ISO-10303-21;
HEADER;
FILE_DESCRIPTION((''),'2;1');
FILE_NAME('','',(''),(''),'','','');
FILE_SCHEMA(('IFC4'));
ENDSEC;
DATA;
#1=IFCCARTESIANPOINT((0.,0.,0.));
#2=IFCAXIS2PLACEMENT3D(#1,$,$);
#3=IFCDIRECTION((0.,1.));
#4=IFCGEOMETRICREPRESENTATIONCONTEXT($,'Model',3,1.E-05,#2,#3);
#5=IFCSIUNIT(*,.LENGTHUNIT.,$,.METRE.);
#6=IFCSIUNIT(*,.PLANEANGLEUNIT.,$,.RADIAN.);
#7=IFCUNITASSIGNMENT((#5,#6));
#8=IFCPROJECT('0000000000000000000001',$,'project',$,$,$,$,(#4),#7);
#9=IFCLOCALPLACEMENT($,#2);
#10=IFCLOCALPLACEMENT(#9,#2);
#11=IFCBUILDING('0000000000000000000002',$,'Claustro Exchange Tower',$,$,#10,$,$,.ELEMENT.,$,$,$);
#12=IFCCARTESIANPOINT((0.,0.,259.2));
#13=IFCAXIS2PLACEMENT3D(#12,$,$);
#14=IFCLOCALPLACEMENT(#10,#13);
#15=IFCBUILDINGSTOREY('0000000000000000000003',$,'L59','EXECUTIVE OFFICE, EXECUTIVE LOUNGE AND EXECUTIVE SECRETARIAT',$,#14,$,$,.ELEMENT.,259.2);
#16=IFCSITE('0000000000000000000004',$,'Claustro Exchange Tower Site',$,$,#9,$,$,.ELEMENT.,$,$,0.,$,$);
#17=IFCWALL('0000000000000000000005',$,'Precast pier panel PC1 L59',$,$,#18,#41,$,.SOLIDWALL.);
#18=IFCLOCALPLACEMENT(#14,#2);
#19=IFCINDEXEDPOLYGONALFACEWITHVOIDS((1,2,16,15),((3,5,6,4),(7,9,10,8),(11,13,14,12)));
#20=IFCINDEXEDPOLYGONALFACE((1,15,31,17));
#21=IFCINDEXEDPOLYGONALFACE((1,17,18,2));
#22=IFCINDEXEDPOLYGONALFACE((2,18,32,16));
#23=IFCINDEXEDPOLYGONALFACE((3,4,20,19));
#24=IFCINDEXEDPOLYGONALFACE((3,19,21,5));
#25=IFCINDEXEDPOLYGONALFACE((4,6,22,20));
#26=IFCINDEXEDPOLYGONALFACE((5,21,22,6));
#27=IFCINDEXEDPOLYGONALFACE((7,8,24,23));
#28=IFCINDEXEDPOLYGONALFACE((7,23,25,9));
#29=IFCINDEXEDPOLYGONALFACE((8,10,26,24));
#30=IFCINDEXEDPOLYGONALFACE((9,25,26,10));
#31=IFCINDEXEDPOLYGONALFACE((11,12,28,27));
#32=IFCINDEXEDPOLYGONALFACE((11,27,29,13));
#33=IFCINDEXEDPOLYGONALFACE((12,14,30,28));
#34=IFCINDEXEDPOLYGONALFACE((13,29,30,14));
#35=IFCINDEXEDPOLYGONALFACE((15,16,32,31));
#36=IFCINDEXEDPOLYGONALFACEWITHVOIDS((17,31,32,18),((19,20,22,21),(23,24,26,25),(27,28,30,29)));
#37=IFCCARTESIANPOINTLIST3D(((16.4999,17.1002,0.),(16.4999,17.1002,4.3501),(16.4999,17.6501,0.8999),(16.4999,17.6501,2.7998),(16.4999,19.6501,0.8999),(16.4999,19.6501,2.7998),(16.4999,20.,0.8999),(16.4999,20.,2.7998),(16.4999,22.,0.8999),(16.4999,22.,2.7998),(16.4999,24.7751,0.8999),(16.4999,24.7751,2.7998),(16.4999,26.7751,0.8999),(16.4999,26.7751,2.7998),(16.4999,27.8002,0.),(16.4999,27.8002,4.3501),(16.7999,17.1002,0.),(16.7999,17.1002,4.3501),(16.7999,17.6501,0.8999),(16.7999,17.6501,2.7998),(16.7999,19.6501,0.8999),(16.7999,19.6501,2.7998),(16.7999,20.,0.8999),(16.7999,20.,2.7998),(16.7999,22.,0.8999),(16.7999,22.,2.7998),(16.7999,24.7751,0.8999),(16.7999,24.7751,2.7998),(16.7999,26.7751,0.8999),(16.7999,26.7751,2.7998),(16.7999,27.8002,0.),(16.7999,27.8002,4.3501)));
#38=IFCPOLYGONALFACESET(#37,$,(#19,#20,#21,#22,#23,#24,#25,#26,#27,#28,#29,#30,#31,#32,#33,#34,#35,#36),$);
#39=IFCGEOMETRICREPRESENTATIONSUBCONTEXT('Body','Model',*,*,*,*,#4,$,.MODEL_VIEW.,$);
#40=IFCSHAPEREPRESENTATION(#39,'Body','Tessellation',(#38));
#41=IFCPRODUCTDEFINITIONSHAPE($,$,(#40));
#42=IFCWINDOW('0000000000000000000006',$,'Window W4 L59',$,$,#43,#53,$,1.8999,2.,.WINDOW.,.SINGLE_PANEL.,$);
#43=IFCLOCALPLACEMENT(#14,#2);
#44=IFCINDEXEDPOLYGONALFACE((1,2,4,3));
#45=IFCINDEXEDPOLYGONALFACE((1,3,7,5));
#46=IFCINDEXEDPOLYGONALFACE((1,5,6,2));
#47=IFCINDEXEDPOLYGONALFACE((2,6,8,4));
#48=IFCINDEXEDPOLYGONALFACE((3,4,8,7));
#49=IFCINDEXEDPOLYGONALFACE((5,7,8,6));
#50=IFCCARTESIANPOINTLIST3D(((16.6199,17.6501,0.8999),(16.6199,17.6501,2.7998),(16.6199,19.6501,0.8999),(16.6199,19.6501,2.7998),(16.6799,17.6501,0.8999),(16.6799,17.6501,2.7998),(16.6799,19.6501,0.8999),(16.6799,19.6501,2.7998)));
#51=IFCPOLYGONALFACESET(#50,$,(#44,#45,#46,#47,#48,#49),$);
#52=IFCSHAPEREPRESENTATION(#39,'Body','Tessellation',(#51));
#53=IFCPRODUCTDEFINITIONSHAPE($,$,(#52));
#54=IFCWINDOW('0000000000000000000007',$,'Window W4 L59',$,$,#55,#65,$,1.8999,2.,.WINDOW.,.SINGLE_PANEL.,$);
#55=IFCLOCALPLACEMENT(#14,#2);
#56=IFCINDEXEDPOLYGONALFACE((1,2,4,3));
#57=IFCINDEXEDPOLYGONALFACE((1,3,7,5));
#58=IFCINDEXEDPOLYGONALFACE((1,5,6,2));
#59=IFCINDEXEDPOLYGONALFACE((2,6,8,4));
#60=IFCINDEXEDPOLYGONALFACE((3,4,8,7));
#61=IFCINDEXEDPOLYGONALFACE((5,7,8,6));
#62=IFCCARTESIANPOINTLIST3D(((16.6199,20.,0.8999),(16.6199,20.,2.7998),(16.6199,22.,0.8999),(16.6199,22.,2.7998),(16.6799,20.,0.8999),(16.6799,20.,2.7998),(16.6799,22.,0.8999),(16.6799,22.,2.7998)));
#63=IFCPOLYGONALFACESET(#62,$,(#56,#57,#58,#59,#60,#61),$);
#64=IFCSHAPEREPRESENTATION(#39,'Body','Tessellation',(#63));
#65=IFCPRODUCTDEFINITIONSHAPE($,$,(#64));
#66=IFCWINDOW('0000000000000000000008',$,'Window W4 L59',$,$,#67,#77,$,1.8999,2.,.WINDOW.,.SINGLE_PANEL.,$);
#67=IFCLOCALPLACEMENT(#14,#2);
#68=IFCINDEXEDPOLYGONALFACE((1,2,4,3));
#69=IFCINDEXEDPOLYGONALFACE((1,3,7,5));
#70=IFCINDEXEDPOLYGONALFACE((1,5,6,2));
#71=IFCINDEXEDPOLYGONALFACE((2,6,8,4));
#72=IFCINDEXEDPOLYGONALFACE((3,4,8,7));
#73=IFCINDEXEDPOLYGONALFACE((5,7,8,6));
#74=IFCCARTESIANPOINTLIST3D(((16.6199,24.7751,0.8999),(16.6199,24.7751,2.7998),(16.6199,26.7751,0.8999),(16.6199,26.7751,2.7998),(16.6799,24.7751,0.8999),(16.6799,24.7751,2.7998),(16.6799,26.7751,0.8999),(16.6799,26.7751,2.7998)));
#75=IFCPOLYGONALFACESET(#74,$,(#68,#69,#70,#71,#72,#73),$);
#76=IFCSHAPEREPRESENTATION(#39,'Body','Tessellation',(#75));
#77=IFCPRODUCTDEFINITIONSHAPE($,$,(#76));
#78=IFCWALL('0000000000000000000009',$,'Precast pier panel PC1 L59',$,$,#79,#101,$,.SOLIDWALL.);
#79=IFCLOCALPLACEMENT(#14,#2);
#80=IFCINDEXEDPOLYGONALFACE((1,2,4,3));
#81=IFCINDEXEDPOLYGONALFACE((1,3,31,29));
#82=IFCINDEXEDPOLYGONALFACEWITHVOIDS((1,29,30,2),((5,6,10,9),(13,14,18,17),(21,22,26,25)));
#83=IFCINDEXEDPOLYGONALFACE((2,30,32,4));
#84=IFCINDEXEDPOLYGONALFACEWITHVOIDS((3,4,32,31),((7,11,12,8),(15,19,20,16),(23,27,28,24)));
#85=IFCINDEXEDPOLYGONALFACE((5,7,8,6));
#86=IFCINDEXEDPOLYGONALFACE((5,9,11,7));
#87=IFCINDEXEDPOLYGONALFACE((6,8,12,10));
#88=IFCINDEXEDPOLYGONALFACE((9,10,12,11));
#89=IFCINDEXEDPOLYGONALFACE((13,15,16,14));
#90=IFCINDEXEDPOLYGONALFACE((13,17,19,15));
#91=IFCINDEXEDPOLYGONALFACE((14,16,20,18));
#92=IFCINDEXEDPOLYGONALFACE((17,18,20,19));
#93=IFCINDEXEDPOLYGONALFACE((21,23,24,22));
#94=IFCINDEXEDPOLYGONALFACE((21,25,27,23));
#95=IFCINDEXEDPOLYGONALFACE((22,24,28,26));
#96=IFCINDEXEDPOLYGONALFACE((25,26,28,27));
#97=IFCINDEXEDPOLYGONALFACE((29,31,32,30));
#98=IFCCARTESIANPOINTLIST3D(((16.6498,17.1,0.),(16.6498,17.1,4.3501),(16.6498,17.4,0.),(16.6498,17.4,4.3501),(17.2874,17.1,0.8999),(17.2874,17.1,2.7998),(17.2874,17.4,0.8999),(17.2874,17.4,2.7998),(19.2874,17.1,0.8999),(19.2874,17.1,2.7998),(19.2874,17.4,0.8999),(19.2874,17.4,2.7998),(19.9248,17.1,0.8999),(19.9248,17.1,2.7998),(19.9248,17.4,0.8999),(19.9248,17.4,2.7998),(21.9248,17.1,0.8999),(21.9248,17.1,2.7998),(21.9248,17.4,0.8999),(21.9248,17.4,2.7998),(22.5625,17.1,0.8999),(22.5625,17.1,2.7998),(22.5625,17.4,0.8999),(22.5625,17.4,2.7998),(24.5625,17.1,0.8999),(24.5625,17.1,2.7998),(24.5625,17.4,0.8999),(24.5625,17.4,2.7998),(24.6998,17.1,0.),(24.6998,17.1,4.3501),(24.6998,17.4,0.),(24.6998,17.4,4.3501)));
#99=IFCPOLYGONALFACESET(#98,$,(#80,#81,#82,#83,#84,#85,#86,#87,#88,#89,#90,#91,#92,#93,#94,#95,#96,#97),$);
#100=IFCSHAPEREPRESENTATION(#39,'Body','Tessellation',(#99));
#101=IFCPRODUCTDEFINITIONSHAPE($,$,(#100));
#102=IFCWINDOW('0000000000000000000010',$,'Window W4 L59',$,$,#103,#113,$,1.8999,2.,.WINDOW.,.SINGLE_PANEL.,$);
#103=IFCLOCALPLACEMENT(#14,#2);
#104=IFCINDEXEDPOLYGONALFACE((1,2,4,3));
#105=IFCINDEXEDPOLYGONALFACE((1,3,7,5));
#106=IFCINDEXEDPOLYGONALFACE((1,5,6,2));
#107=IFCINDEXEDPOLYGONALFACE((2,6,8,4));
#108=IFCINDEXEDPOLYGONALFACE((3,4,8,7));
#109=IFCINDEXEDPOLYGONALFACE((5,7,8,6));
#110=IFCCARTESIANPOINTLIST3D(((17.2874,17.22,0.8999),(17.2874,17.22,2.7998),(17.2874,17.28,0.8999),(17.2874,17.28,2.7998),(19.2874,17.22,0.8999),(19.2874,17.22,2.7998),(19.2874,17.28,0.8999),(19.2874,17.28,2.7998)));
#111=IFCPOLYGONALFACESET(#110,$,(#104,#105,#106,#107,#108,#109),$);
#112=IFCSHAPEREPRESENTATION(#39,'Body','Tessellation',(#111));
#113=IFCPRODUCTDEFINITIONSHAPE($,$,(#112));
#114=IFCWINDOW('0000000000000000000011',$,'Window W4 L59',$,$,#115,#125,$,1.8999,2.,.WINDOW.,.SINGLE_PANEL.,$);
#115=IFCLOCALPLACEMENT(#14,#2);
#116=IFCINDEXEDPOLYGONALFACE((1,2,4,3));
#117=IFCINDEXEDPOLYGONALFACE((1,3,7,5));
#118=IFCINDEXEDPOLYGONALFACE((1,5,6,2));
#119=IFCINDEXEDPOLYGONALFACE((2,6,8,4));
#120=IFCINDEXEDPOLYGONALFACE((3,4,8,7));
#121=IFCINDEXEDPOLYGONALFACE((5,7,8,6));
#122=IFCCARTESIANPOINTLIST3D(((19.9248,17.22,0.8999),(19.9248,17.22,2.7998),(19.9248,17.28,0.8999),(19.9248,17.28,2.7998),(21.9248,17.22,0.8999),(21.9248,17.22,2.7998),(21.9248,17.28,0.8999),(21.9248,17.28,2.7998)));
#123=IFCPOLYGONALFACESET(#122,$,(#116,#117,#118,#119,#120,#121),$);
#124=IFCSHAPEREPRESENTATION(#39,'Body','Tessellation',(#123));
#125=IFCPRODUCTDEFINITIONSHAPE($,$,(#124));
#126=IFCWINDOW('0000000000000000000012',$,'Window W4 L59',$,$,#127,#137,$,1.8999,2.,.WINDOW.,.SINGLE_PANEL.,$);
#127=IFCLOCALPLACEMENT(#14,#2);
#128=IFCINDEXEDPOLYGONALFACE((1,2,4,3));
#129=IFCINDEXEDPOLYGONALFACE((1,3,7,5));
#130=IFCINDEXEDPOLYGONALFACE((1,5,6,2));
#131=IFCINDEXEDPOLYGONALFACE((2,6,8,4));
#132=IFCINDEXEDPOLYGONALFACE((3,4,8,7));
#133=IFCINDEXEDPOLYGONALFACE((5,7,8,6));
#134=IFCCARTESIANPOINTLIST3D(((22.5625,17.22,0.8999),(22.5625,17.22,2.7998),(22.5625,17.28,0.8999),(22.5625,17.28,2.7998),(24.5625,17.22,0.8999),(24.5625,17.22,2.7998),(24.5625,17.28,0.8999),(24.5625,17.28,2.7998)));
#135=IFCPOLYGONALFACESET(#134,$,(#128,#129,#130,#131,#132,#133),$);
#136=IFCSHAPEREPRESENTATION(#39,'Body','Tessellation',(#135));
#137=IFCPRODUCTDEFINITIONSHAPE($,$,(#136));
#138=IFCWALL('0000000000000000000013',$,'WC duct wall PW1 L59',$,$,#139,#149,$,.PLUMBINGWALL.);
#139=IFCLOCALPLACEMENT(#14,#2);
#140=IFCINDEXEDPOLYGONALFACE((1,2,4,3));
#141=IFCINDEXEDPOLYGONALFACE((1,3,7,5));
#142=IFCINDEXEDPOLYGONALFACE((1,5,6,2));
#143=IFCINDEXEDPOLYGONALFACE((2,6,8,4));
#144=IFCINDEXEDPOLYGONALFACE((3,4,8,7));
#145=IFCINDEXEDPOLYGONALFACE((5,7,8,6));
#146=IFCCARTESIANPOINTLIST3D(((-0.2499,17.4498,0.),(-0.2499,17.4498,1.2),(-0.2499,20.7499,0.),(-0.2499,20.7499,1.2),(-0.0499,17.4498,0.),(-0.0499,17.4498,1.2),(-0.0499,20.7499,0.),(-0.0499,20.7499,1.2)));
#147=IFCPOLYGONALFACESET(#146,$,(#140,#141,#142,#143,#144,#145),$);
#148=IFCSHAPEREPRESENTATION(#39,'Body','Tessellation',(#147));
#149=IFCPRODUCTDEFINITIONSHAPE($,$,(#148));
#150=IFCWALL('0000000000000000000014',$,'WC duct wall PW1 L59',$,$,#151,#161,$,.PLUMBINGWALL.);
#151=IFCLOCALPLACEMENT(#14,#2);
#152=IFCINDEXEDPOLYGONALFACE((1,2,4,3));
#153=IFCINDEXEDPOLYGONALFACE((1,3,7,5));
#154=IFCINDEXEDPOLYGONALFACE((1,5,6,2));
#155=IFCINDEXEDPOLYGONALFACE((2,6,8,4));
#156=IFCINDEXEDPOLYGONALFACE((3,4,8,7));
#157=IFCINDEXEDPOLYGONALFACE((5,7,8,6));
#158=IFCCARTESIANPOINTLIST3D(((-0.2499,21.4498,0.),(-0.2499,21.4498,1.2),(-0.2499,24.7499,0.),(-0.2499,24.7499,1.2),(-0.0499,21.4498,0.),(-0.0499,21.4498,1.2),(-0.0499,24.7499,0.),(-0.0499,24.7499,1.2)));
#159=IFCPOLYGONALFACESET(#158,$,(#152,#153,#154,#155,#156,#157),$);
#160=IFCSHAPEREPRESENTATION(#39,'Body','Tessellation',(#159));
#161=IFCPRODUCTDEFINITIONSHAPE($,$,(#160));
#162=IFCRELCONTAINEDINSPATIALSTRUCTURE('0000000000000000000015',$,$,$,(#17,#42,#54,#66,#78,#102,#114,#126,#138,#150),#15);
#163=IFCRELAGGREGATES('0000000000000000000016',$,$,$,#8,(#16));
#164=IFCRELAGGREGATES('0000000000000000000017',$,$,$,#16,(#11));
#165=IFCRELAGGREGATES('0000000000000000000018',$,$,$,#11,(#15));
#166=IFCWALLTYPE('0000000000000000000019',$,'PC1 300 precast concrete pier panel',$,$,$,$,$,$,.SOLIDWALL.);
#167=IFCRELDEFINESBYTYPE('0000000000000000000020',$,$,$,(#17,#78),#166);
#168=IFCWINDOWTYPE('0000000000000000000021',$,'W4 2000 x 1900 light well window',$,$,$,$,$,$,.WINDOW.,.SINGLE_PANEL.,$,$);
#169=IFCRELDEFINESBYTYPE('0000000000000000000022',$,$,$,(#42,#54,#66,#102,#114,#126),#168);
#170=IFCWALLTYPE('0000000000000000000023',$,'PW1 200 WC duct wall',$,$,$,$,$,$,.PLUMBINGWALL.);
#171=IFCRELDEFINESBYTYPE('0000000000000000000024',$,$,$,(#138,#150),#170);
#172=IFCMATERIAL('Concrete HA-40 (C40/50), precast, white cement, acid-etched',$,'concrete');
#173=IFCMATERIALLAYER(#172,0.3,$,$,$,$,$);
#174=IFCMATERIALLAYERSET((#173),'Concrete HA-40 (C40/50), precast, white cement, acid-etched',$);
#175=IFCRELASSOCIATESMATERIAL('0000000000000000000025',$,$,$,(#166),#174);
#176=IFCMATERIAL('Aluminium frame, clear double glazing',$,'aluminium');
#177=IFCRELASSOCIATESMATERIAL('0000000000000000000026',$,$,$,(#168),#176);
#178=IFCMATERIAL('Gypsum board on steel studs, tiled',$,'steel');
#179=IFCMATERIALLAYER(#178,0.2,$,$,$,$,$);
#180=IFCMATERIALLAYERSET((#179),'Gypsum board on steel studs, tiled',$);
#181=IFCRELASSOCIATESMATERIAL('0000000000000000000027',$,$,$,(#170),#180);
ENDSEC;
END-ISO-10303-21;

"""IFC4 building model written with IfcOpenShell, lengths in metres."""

from ifc_helpers import new_model, si_unit, direction, frame, frame_2d, origin, place, context, subcontext, project, spatial, rectangle, extrude, material, layer, layer_set, type_object, element, fill, save


model = new_model("IFC4")

# Units and contexts
model_context = context("Model", 3, precision=1e-05, world=origin(), true_north=direction((0.0, 1.0)))
body_context = subcontext(model_context, "Body", "Model", "MODEL_VIEW")
ifc_project = project(units=[si_unit("LENGTHUNIT", "METRE"), si_unit("PLANEANGLEUNIT", "RADIAN")], contexts=[model_context])

# Site, building, storey
site_placement = place(None, origin())
site = spatial("IfcSite", under=ifc_project, at=site_placement, Name="Claustro Exchange Tower Site", CompositionType="ELEMENT", RefElevation=0.0)
building_placement = place(site_placement, origin())
building = spatial("IfcBuilding", under=site, at=building_placement, Name="Claustro Exchange Tower", CompositionType="ELEMENT")
storey_placement = place(building_placement, frame((0.0, 0.0, 259.2)))
storey = spatial("IfcBuildingStorey", under=building, at=storey_placement, Name="L59", Description="EXECUTIVE OFFICE, EXECUTIVE LOUNGE AND EXECUTIVE SECRETARIAT", CompositionType="ELEMENT", Elevation=259.2)

# Walls, openings, windows
ifc_material_1 = material(Name="Concrete HA-40 (C40/50), precast, white cement, acid-etched", Category="concrete")
ifc_layer_1 = layer(ifc_material_1, 0.3)
ifc_layer_set_1 = layer_set([ifc_layer_1], Name="Concrete HA-40 (C40/50), precast, white cement, acid-etched")
wall_type_1 = type_object("IfcWallType", Name="PC1 300 precast concrete pier panel", PredefinedType="SOLIDWALL", material=ifc_layer_set_1)
wall_1_placement = place(storey_placement, frame((16.6499, 17.1001, 0.0), z_axis=(0.0, 0.0, 1.0), x_axis=(0.0, 1.0, 0.0)))
wall_1 = element("IfcWall", 1, at=wall_1_placement, inside=storey, type_object=wall_type_1, Name="Precast pier panel PC1 L59", PredefinedType="SOLIDWALL", context=body_context, shape_type="SweptSolid", body=[
    extrude(rectangle(XDim=10.7, YDim=0.3, at=frame_2d((5.3501, 0.0))), origin(), (0.0, 0.0, 1.0), 4.3501),
])
opening_1_placement = place(wall_1_placement, frame((0.55, 0.0, 0.8999)))
opening_1 = element("IfcOpeningElement", 2, at=opening_1_placement, cuts=wall_1, PredefinedType="OPENING", context=body_context, shape_type="SweptSolid", body=[
    extrude(rectangle(XDim=2.0, YDim=1.8999, at=frame_2d((1.0, 0.95))), frame((0.0, 0.1599, 0.0), z_axis=(0.0, -1.0, 0.0), x_axis=(1.0, 0.0, 0.0)), (0.0, 0.0, 1.0), 0.3201),
])
opening_2_placement = place(wall_1_placement, frame((2.8999, 0.0, 0.8999)))
opening_2 = element("IfcOpeningElement", 3, at=opening_2_placement, cuts=wall_1, PredefinedType="OPENING", context=body_context, shape_type="SweptSolid", body=[
    extrude(rectangle(XDim=2.0, YDim=1.8999, at=frame_2d((1.0, 0.95))), frame((0.0, 0.1599, 0.0), z_axis=(0.0, -1.0, 0.0), x_axis=(1.0, 0.0, 0.0)), (0.0, 0.0, 1.0), 0.3201),
])
opening_3_placement = place(wall_1_placement, frame((7.675, 0.0, 0.8999)))
opening_3 = element("IfcOpeningElement", 4, at=opening_3_placement, cuts=wall_1, PredefinedType="OPENING", context=body_context, shape_type="SweptSolid", body=[
    extrude(rectangle(XDim=2.0, YDim=1.8999, at=frame_2d((1.0, 0.95))), frame((0.0, 0.1599, 0.0), z_axis=(0.0, -1.0, 0.0), x_axis=(1.0, 0.0, 0.0)), (0.0, 0.0, 1.0), 0.3201),
])
ifc_material_2 = material(Name="Aluminium frame, clear double glazing", Category="aluminium")
window_type = type_object("IfcWindowType", Name="W4 2000 x 1900 light well window", PartitioningType="SINGLE_PANEL", PredefinedType="WINDOW", material=ifc_material_2)
window_1_placement = place(opening_1_placement, origin())
window_1 = element("IfcWindow", 5, at=window_1_placement, inside=storey, type_object=window_type, Name="Window W4 L59", OverallHeight=1.8999, OverallWidth=2.0, PartitioningType="SINGLE_PANEL", PredefinedType="WINDOW", context=body_context, shape_type="SweptSolid", body=[
    extrude(rectangle(XDim=2.0, YDim=1.8999, at=frame_2d((1.0, 0.95))), frame((0.0, 0.03, 0.0), z_axis=(0.0, -1.0, 0.0), x_axis=(1.0, 0.0, 0.0)), (0.0, 0.0, 1.0), 0.0601),
])
fill(opening_1, window_1)
window_2_placement = place(opening_2_placement, origin())
window_2 = element("IfcWindow", 6, at=window_2_placement, inside=storey, type_object=window_type, Name="Window W4 L59", OverallHeight=1.8999, OverallWidth=2.0, PartitioningType="SINGLE_PANEL", PredefinedType="WINDOW", context=body_context, shape_type="SweptSolid", body=[
    extrude(rectangle(XDim=2.0, YDim=1.8999, at=frame_2d((1.0, 0.95))), frame((0.0, 0.03, 0.0), z_axis=(0.0, -1.0, 0.0), x_axis=(1.0, 0.0, 0.0)), (0.0, 0.0, 1.0), 0.0601),
])
fill(opening_2, window_2)
window_3_placement = place(opening_3_placement, origin())
window_3 = element("IfcWindow", 7, at=window_3_placement, inside=storey, type_object=window_type, Name="Window W4 L59", OverallHeight=1.8999, OverallWidth=2.0, PartitioningType="SINGLE_PANEL", PredefinedType="WINDOW", context=body_context, shape_type="SweptSolid", body=[
    extrude(rectangle(XDim=2.0, YDim=1.8999, at=frame_2d((1.0, 0.95))), frame((0.0, 0.03, 0.0), z_axis=(0.0, -1.0, 0.0), x_axis=(1.0, 0.0, 0.0)), (0.0, 0.0, 1.0), 0.0601),
])
fill(opening_3, window_3)
wall_2_placement = place(storey_placement, frame((16.6499, 17.25, 0.0), z_axis=(0.0, 0.0, 1.0), x_axis=(1.0, 0.0, 0.0)))
wall_2 = element("IfcWall", 8, at=wall_2_placement, inside=storey, type_object=wall_type_1, Name="Precast pier panel PC1 L59", PredefinedType="SOLIDWALL", context=body_context, shape_type="SweptSolid", body=[
    extrude(rectangle(XDim=8.05, YDim=0.3, at=frame_2d((4.0249, 0.0))), origin(), (0.0, 0.0, 1.0), 4.3501),
])
opening_4_placement = place(wall_2_placement, frame((0.6375, 0.0, 0.8999)))
opening_4 = element("IfcOpeningElement", 9, at=opening_4_placement, cuts=wall_2, PredefinedType="OPENING", context=body_context, shape_type="SweptSolid", body=[
    extrude(rectangle(XDim=2.0, YDim=1.8999, at=frame_2d((1.0, 0.95))), frame((0.0, 0.1599, 0.0), z_axis=(0.0, -1.0, 0.0), x_axis=(1.0, 0.0, 0.0)), (0.0, 0.0, 1.0), 0.3201),
])
opening_5_placement = place(wall_2_placement, frame((3.2749, 0.0, 0.8999)))
opening_5 = element("IfcOpeningElement", 10, at=opening_5_placement, cuts=wall_2, PredefinedType="OPENING", context=body_context, shape_type="SweptSolid", body=[
    extrude(rectangle(XDim=2.0, YDim=1.8999, at=frame_2d((1.0, 0.95))), frame((0.0, 0.1599, 0.0), z_axis=(0.0, -1.0, 0.0), x_axis=(1.0, 0.0, 0.0)), (0.0, 0.0, 1.0), 0.3201),
])
opening_6_placement = place(wall_2_placement, frame((5.9126, 0.0, 0.8999)))
opening_6 = element("IfcOpeningElement", 11, at=opening_6_placement, cuts=wall_2, PredefinedType="OPENING", context=body_context, shape_type="SweptSolid", body=[
    extrude(rectangle(XDim=2.0, YDim=1.8999, at=frame_2d((1.0, 0.95))), frame((0.0, 0.1599, 0.0), z_axis=(0.0, -1.0, 0.0), x_axis=(1.0, 0.0, 0.0)), (0.0, 0.0, 1.0), 0.3201),
])
window_4_placement = place(opening_4_placement, origin())
window_4 = element("IfcWindow", 12, at=window_4_placement, inside=storey, type_object=window_type, Name="Window W4 L59", OverallHeight=1.8999, OverallWidth=2.0, PartitioningType="SINGLE_PANEL", PredefinedType="WINDOW", context=body_context, shape_type="SweptSolid", body=[
    extrude(rectangle(XDim=2.0, YDim=1.8999, at=frame_2d((1.0, 0.95))), frame((0.0, 0.03, 0.0), z_axis=(0.0, -1.0, 0.0), x_axis=(1.0, 0.0, 0.0)), (0.0, 0.0, 1.0), 0.0601),
])
fill(opening_4, window_4)
window_5_placement = place(opening_5_placement, origin())
window_5 = element("IfcWindow", 13, at=window_5_placement, inside=storey, type_object=window_type, Name="Window W4 L59", OverallHeight=1.8999, OverallWidth=2.0, PartitioningType="SINGLE_PANEL", PredefinedType="WINDOW", context=body_context, shape_type="SweptSolid", body=[
    extrude(rectangle(XDim=2.0, YDim=1.8999, at=frame_2d((1.0, 0.95))), frame((0.0, 0.03, 0.0), z_axis=(0.0, -1.0, 0.0), x_axis=(1.0, 0.0, 0.0)), (0.0, 0.0, 1.0), 0.0601),
])
fill(opening_5, window_5)
window_6_placement = place(opening_6_placement, origin())
window_6 = element("IfcWindow", 14, at=window_6_placement, inside=storey, type_object=window_type, Name="Window W4 L59", OverallHeight=1.8999, OverallWidth=2.0, PartitioningType="SINGLE_PANEL", PredefinedType="WINDOW", context=body_context, shape_type="SweptSolid", body=[
    extrude(rectangle(XDim=2.0, YDim=1.8999, at=frame_2d((1.0, 0.95))), frame((0.0, 0.03, 0.0), z_axis=(0.0, -1.0, 0.0), x_axis=(1.0, 0.0, 0.0)), (0.0, 0.0, 1.0), 0.0601),
])
fill(opening_6, window_6)

# Walls
ifc_material_3 = material(Name="Gypsum board on steel studs, tiled", Category="steel")
ifc_layer_2 = layer(ifc_material_3, 0.2)
ifc_layer_set_2 = layer_set([ifc_layer_2], Name="Gypsum board on steel studs, tiled")
wall_type_2 = type_object("IfcWallType", Name="PW1 200 WC duct wall", PredefinedType="PLUMBINGWALL", material=ifc_layer_set_2)
for number, where, z_axis, x_axis, name in (
    (15, (-0.1499, 17.45, 0.0), (0.0, 0.0, 1.0), (0.0, 1.0, 0.0), "WC duct wall PW1 L59"),
    (16, (-0.1499, 21.45, 0.0), (0.0, 0.0, 1.0), (0.0, 1.0, 0.0), "WC duct wall PW1 L59"),
):
    element("IfcWall", number, at=place(storey_placement, frame(where, z_axis=z_axis, x_axis=x_axis)), inside=storey, type_object=wall_type_2, Name=name, PredefinedType="PLUMBINGWALL", context=body_context, shape_type="SweptSolid", body=[
        extrude(rectangle(XDim=3.3, YDim=0.2, at=frame_2d((1.6499, 0.0))), origin(), (0.0, 0.0, 1.0), 1.2),
    ])

save(model, "model.ifc")
